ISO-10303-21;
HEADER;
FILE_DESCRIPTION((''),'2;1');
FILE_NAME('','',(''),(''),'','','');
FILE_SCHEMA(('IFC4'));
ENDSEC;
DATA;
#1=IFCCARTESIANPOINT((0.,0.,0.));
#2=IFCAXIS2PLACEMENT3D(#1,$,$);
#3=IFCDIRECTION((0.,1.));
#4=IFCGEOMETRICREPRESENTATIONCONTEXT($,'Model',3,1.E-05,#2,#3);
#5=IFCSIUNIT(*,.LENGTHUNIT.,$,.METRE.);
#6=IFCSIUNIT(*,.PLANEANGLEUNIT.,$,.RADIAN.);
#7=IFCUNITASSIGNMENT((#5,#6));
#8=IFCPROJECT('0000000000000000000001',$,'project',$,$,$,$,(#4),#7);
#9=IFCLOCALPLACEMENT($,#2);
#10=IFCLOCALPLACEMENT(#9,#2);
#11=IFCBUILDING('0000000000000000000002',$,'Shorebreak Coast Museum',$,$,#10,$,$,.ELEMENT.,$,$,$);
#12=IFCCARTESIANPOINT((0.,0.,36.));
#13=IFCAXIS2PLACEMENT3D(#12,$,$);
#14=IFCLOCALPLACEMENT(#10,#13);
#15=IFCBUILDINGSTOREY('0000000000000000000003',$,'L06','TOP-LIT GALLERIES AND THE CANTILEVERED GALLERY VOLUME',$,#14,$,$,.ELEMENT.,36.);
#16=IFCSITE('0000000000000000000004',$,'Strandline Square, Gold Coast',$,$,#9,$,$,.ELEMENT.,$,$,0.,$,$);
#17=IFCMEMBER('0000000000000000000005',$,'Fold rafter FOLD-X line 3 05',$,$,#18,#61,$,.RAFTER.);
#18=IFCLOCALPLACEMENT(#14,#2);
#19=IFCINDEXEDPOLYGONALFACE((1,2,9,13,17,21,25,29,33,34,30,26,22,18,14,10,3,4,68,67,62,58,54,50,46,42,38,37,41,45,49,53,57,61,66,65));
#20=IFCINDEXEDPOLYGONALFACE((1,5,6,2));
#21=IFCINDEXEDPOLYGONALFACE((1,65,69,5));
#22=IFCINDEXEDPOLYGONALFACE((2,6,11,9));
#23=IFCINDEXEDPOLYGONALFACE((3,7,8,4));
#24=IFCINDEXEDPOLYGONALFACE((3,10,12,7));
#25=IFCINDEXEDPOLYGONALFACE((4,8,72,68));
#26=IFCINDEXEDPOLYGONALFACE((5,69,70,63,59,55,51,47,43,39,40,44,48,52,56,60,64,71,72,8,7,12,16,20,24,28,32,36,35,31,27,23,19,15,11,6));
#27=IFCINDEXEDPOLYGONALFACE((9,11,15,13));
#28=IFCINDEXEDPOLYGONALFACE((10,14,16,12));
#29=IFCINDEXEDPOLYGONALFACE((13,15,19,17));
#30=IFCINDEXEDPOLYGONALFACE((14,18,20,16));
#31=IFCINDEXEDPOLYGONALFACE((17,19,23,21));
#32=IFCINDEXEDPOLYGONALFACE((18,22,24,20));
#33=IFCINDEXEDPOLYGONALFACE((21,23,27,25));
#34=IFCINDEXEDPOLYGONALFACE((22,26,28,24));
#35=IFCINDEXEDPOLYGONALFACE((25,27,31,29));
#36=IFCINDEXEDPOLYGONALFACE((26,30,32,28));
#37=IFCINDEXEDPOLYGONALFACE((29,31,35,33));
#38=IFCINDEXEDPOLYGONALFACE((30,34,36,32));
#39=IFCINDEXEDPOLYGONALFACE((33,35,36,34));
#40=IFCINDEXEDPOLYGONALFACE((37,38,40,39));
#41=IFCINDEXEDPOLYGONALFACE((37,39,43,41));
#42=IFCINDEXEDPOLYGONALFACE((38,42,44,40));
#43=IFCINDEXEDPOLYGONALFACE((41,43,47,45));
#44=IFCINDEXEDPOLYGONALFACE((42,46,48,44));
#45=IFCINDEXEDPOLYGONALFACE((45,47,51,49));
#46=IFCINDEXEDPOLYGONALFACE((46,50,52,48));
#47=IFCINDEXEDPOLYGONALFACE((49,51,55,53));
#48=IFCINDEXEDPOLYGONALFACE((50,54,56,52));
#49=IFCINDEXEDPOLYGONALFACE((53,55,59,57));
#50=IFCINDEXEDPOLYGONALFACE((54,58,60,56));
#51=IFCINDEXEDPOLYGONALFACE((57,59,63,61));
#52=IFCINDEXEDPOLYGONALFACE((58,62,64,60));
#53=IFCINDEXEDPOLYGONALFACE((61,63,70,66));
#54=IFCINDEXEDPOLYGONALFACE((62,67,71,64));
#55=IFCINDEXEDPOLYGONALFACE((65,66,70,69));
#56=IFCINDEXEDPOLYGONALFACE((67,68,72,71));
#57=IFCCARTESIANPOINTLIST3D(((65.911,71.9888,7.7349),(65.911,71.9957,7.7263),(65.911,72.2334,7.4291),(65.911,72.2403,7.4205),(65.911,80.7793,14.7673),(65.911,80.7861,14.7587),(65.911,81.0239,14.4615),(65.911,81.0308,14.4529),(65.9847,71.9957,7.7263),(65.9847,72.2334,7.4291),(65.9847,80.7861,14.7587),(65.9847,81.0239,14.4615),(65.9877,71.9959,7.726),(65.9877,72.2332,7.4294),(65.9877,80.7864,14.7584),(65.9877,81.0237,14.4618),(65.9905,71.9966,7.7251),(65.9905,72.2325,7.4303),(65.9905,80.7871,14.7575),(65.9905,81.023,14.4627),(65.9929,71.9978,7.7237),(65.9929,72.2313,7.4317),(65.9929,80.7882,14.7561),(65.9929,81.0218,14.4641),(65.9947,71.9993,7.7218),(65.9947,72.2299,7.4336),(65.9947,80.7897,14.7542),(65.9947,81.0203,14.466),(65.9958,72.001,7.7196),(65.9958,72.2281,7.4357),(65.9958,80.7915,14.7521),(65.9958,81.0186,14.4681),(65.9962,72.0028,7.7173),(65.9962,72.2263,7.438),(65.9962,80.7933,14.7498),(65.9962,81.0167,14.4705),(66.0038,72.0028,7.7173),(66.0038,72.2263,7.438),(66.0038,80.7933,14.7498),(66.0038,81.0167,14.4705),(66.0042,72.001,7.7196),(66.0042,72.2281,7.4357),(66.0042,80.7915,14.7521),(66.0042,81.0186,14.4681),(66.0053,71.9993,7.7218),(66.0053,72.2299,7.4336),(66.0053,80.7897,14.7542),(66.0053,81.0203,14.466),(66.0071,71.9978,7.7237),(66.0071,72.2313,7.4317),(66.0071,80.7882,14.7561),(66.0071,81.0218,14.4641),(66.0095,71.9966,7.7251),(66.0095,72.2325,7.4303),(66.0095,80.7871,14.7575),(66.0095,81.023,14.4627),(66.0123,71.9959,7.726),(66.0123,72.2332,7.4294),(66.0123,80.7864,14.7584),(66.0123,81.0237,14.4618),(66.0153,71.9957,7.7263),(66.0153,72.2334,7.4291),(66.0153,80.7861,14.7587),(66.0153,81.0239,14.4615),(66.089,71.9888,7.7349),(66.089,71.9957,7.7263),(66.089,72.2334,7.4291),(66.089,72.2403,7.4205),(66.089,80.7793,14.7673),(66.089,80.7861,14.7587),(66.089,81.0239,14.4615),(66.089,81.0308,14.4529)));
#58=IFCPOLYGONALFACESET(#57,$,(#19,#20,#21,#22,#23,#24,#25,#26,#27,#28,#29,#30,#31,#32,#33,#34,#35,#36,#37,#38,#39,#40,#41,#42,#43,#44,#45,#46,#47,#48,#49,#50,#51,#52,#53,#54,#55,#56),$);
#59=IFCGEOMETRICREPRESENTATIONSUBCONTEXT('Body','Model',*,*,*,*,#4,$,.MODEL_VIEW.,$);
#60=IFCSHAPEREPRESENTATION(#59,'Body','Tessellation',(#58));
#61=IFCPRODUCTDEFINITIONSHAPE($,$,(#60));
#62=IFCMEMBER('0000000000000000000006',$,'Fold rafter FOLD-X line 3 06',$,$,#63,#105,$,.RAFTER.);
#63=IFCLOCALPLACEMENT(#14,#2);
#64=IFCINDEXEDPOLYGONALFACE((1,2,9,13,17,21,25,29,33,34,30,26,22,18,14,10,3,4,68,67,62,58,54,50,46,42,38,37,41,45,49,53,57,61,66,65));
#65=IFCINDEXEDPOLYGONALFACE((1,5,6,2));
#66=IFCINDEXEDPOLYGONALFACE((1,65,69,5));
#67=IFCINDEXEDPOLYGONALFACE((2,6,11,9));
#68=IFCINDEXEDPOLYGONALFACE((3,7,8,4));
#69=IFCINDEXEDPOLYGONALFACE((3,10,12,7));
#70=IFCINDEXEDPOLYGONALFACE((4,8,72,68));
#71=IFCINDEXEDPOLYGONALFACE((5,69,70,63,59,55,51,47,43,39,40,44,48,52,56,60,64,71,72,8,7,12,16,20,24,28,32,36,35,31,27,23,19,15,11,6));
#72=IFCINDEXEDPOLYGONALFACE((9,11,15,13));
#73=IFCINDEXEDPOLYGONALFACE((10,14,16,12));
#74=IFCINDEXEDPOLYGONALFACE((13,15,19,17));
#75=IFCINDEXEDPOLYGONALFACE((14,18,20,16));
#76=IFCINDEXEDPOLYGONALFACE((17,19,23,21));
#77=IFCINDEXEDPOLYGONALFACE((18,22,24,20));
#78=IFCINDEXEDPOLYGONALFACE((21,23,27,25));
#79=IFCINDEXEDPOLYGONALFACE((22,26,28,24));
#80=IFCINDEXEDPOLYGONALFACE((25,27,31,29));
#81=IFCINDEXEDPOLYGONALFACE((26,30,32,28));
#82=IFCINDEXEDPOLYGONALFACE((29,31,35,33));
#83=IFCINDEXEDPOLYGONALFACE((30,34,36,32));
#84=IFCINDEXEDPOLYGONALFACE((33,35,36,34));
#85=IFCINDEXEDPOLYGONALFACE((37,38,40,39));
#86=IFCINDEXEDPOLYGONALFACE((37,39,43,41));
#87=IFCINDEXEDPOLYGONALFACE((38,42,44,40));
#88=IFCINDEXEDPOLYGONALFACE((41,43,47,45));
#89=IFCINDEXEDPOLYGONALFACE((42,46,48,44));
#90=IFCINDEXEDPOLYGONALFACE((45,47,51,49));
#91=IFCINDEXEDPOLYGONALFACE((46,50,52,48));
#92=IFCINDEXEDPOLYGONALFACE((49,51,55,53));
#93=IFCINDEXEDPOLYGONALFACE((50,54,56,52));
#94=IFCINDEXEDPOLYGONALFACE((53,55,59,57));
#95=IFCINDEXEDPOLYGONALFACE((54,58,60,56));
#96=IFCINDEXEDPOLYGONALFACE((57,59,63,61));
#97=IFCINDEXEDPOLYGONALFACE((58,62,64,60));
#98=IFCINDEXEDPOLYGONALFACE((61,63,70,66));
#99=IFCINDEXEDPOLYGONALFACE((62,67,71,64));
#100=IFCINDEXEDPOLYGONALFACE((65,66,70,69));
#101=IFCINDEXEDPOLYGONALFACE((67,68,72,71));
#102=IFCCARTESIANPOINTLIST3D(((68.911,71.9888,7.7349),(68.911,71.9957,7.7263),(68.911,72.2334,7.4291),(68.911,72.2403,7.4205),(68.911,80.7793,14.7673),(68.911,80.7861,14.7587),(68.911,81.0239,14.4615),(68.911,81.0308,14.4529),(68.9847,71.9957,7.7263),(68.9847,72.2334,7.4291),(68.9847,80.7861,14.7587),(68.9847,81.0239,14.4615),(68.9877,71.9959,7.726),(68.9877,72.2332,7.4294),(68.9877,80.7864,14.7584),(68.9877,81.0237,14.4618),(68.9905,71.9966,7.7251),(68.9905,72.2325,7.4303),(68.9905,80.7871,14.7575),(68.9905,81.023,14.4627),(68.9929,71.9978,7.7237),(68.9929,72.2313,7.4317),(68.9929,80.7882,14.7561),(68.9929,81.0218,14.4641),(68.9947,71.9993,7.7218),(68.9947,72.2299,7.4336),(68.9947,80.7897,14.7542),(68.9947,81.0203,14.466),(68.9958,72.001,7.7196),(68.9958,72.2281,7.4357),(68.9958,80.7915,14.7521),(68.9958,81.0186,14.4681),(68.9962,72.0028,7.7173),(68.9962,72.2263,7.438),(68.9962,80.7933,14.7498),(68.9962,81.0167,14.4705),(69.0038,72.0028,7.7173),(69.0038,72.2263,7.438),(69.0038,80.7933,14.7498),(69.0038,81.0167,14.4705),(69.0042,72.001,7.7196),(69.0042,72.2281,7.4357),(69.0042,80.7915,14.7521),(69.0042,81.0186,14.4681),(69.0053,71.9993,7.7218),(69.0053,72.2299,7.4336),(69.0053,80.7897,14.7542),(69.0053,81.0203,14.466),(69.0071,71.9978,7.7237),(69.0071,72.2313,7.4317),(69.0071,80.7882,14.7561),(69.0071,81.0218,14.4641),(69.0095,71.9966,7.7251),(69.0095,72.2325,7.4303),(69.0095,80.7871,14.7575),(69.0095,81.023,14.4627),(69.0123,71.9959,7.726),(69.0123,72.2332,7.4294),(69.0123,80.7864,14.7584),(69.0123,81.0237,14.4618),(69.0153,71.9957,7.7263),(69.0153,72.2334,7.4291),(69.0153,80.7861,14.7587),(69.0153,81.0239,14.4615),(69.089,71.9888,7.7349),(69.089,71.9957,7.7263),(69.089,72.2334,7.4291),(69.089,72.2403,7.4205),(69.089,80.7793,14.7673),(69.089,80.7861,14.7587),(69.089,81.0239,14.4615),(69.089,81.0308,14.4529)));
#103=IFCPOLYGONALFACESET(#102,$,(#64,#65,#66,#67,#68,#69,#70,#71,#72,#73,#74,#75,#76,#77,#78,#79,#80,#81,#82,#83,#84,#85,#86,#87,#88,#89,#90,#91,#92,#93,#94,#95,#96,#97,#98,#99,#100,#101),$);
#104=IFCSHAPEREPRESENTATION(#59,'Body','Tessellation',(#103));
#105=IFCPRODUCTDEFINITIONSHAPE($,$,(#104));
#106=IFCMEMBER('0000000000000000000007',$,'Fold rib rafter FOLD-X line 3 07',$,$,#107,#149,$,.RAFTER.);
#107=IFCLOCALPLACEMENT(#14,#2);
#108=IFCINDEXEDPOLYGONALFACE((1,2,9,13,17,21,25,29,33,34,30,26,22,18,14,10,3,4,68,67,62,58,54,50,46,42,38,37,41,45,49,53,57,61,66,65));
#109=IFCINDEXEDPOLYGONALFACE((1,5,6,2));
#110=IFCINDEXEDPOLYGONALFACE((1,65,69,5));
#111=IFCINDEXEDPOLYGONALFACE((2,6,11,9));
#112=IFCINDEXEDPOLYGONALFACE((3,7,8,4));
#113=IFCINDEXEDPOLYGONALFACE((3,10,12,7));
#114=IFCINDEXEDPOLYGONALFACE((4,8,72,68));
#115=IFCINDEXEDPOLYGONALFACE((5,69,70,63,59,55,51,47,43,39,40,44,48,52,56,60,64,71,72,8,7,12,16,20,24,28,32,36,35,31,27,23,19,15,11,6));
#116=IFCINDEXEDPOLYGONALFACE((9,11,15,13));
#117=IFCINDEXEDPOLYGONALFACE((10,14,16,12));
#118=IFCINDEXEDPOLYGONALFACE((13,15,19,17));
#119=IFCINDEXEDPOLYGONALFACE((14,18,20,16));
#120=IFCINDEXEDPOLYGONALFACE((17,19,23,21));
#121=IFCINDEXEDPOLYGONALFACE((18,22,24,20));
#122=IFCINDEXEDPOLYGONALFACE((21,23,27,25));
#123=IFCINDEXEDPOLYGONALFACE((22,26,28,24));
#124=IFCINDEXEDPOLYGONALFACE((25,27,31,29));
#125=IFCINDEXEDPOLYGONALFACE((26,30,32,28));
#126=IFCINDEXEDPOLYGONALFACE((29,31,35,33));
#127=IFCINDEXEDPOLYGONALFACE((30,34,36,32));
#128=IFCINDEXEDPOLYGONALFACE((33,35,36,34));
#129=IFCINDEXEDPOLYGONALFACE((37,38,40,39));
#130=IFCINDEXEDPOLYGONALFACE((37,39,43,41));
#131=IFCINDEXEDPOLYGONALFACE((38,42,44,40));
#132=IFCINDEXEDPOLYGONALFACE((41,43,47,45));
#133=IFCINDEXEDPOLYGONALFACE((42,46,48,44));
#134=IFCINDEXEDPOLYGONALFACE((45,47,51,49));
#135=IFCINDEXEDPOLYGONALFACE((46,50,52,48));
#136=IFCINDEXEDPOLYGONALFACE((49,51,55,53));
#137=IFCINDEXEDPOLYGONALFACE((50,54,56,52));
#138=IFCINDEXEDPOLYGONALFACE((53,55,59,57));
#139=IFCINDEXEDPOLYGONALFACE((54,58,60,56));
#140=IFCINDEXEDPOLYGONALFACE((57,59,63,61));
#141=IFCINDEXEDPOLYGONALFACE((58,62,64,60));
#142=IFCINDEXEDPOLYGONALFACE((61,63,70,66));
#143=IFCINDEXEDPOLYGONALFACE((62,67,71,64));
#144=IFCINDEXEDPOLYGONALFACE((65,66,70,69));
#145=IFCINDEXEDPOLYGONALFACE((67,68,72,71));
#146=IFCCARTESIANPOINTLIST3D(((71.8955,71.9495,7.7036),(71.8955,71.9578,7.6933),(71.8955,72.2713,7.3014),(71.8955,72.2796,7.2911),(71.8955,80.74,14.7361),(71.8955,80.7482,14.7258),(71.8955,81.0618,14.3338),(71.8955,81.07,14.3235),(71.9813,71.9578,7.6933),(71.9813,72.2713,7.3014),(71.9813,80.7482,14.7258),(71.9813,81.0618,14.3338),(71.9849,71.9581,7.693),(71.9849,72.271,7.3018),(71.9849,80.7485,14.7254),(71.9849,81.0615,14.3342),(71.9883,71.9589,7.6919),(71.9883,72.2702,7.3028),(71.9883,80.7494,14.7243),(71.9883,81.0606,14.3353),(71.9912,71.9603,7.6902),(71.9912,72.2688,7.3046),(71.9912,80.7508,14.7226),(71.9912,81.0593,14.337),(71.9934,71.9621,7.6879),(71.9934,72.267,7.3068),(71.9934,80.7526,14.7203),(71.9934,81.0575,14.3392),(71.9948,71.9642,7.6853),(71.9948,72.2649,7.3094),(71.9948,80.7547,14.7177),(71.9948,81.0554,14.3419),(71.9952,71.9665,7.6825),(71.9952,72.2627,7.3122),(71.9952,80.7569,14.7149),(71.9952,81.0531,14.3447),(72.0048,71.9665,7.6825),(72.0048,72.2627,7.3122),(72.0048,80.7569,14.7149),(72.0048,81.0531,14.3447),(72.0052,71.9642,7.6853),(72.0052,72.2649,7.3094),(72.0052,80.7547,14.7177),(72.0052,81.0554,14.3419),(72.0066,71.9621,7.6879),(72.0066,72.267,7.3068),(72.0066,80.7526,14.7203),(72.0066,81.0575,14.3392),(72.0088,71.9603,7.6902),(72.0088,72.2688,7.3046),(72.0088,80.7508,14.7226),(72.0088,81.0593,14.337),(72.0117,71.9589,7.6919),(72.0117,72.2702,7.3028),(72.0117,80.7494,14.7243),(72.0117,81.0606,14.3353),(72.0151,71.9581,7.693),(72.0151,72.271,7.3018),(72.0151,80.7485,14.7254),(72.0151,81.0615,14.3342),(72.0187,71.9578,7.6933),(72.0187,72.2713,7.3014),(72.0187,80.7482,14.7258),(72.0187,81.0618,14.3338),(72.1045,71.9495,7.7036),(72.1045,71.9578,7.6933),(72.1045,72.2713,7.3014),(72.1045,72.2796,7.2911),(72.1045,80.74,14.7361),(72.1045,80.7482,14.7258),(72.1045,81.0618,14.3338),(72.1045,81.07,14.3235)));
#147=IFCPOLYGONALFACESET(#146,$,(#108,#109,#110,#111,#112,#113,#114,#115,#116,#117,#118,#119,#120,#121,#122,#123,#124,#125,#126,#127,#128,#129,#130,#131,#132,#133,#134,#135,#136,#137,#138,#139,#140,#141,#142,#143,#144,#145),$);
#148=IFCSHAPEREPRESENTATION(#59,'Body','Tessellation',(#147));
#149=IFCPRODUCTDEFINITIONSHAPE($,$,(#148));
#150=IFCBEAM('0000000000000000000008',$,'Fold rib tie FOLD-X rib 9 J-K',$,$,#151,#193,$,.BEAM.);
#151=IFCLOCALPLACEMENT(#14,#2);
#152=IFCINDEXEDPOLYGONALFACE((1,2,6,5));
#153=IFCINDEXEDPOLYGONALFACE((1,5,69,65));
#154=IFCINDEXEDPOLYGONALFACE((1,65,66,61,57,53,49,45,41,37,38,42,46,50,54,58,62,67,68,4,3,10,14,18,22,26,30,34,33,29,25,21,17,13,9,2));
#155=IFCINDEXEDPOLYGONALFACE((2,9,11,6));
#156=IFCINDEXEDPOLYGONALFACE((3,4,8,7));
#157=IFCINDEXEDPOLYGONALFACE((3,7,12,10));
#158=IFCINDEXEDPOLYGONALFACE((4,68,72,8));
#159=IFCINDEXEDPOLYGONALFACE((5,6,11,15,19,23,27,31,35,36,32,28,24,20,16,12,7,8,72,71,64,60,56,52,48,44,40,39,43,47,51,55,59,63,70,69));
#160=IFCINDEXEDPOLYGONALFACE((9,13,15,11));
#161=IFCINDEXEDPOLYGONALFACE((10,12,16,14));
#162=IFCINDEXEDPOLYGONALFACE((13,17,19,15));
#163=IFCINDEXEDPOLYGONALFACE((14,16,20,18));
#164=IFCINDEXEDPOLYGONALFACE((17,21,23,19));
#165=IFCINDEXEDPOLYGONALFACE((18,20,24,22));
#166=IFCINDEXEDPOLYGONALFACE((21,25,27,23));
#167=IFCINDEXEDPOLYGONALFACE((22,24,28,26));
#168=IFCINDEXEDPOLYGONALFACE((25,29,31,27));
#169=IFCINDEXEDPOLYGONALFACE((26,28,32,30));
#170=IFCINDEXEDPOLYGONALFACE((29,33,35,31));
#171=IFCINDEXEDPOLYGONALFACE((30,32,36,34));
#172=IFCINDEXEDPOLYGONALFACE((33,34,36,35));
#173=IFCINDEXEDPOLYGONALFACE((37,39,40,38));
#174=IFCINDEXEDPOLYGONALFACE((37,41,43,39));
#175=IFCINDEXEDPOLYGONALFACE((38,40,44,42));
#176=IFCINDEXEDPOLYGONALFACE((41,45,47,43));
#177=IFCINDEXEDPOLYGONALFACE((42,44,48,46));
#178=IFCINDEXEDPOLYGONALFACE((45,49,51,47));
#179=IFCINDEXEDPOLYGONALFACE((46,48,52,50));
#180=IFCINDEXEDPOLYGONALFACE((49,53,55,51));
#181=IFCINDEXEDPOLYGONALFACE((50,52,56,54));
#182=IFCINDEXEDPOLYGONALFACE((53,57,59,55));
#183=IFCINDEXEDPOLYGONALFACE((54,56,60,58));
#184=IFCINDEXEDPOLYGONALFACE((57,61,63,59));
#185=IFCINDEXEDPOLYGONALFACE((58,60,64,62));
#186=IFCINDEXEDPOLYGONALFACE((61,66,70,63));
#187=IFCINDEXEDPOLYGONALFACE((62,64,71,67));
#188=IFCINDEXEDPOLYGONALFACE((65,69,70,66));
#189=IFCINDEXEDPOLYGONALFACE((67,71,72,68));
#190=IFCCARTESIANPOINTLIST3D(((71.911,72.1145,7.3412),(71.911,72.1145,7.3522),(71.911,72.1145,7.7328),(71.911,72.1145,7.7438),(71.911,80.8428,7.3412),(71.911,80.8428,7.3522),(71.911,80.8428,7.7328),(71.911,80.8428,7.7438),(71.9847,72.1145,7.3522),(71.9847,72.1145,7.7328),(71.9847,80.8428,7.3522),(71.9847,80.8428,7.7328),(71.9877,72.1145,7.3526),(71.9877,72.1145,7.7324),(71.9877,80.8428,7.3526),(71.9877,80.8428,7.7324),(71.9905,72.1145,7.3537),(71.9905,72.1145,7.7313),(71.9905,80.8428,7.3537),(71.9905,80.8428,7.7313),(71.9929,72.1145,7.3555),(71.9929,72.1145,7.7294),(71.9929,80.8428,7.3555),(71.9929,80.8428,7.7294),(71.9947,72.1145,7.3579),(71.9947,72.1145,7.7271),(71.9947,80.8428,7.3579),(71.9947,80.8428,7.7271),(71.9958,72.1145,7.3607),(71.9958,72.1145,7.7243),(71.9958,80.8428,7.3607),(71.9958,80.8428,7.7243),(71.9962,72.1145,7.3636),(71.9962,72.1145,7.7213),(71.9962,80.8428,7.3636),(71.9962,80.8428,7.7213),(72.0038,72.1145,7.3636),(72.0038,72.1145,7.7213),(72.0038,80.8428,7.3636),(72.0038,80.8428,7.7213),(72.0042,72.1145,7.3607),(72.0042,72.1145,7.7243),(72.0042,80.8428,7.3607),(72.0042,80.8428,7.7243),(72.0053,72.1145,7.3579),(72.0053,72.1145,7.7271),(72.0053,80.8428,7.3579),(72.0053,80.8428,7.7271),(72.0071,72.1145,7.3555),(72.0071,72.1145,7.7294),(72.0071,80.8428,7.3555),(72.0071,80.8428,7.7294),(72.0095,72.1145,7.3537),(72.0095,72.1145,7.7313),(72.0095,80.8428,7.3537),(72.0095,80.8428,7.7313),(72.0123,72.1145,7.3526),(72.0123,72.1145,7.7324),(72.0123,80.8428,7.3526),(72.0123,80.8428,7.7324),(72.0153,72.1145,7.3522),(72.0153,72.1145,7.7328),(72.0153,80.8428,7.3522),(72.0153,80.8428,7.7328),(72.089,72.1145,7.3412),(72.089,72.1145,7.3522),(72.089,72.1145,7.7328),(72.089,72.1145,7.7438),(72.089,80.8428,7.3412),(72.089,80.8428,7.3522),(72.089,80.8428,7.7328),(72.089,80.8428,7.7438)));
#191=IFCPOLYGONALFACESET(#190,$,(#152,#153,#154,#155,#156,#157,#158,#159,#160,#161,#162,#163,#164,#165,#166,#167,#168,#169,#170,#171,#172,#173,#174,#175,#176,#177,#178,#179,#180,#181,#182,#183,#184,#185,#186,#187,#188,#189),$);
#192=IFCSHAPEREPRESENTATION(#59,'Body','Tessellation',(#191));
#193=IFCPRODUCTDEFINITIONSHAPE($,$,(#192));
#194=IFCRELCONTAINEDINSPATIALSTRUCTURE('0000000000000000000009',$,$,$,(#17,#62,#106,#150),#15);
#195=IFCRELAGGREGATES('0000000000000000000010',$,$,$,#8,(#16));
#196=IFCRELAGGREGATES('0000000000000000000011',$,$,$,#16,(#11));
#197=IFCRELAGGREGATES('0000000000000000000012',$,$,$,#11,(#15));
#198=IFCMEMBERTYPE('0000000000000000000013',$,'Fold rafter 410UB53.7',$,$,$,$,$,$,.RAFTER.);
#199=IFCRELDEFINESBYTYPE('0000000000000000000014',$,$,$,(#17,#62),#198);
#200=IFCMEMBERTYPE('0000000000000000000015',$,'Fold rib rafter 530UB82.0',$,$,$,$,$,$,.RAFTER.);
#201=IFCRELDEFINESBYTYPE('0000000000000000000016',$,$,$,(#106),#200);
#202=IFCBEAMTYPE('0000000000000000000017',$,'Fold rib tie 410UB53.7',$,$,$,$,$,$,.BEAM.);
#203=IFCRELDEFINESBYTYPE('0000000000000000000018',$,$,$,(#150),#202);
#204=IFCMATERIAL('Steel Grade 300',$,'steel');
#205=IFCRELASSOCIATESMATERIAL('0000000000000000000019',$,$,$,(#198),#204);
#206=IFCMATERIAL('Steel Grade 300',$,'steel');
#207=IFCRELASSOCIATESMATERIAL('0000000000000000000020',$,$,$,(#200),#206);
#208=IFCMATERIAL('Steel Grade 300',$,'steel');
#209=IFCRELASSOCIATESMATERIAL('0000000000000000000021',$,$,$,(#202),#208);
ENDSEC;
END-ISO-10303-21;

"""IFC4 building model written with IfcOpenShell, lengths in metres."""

from ifc_helpers import new_model, si_unit, direction, frame, origin, origin_2d, place, context, subcontext, project, spatial, i_section, extrude, material, material_profile, profile_set, type_object, element, save


model = new_model("IFC4")

# Units and contexts
model_context = context("Model", 3, precision=1e-05, world=origin(), true_north=direction((0.0, 1.0)))
body_context = subcontext(model_context, "Body", "Model", "MODEL_VIEW")
ifc_project = project(units=[si_unit("LENGTHUNIT", "METRE"), si_unit("PLANEANGLEUNIT", "RADIAN")], contexts=[model_context])

# Site, building, storey
site_placement = place(None, origin())
site = spatial("IfcSite", under=ifc_project, at=site_placement, Name="Strandline Square, Gold Coast", CompositionType="ELEMENT", RefElevation=0.0)
building_placement = place(site_placement, origin())
building = spatial("IfcBuilding", under=site, at=building_placement, Name="Shorebreak Coast Museum", CompositionType="ELEMENT")
storey_placement = place(building_placement, frame((0.0, 0.0, 36.0)))
storey = spatial("IfcBuildingStorey", under=building, at=storey_placement, Name="L06", Description="TOP-LIT GALLERIES AND THE CANTILEVERED GALLERY VOLUME", CompositionType="ELEMENT", Elevation=36.0)

# Members
ifc_material_1 = material(Name="Steel Grade 300", Category="steel")
ifc_material_profile_1 = material_profile(ifc_material_1, i_section(OverallWidth=0.178, OverallDepth=0.4026, WebThickness=0.0076, FlangeThickness=0.011, FilletRadius=0.0115, at=origin_2d()), Name="410UB53.7")
ifc_profile_set_1 = profile_set([ifc_material_profile_1], Name="Steel Grade 300")
member_type_1 = type_object("IfcMemberType", Name="Fold rafter 410UB53.7", PredefinedType="RAFTER", material=ifc_profile_set_1)
for number, where, z_axis, x_axis, name in (
    (1, (66.0, 80.905, 14.6101), (0.0, -0.780867, -0.624698), (1.0, 0.0, 0.0), "Fold rafter FOLD-X line 3 05"),
    (2, (69.0, 80.905, 14.6101), (0.0, -0.780867, -0.624698), (1.0, 0.0, 0.0), "Fold rafter FOLD-X line 3 06"),
):
    element("IfcMember", number, at=place(storey_placement, frame(where, z_axis=z_axis, x_axis=x_axis)), inside=storey, type_object=member_type_1, Name=name, PredefinedType="RAFTER", context=body_context, shape_type="SweptSolid", body=[
        extrude(i_section(OverallWidth=0.178, OverallDepth=0.4026, WebThickness=0.0076, FlangeThickness=0.011, FilletRadius=0.0115, at=origin_2d()), origin(), (0.0, 0.0, 1.0), 11.2573),
    ])
ifc_material_2 = material(Name="Steel Grade 300", Category="steel")
ifc_material_profile_2 = material_profile(ifc_material_2, i_section(OverallWidth=0.209, OverallDepth=0.5283, WebThickness=0.0095, FlangeThickness=0.0132, FilletRadius=0.0139, at=origin_2d()), Name="530UB82.0")
ifc_profile_set_2 = profile_set([ifc_material_profile_2], Name="Steel Grade 300")
member_type_2 = type_object("IfcMemberType", Name="Fold rib rafter 530UB82.0", PredefinedType="RAFTER", material=ifc_profile_set_2)
member_1_placement = place(storey_placement, frame((72.0, 80.905, 14.5298), z_axis=(0.0, -0.780867, -0.624698), x_axis=(1.0, 0.0, 0.0)))
element("IfcMember", 3, at=member_1_placement, inside=storey, type_object=member_type_2, Name="Fold rib rafter FOLD-X line 3 07", PredefinedType="RAFTER", context=body_context, shape_type="SweptSolid", body=[
    extrude(i_section(OverallWidth=0.209, OverallDepth=0.5283, WebThickness=0.0095, FlangeThickness=0.0132, FilletRadius=0.0139, at=origin_2d()), origin(), (0.0, 0.0, 1.0), 11.2573),
])

# Beam
ifc_material_3 = material(Name="Steel Grade 300", Category="steel")
ifc_material_profile_3 = material_profile(ifc_material_3, i_section(OverallWidth=0.178, OverallDepth=0.4026, WebThickness=0.0076, FlangeThickness=0.011, FilletRadius=0.0115, at=origin_2d()), Name="410UB53.7")
ifc_profile_set_3 = profile_set([ifc_material_profile_3], Name="Steel Grade 300")
beam_type_1 = type_object("IfcBeamType", Name="Fold rib tie 410UB53.7", PredefinedType="BEAM", material=ifc_profile_set_3)
beam_1_placement = place(storey_placement, frame((72.0, 72.1145, 7.5425), z_axis=(0.0, 1.0, 0.0), x_axis=(-1.0, 0.0, 0.0)))
element("IfcBeam", 4, at=beam_1_placement, inside=storey, type_object=beam_type_1, Name="Fold rib tie FOLD-X rib 9 J-K", PredefinedType="BEAM", context=body_context, shape_type="SweptSolid", body=[
    extrude(i_section(OverallWidth=0.178, OverallDepth=0.4026, WebThickness=0.0076, FlangeThickness=0.011, FilletRadius=0.0115, at=origin_2d()), origin(), (0.0, 0.0, 1.0), 8.7283),
])

save(model, "model.ifc")
